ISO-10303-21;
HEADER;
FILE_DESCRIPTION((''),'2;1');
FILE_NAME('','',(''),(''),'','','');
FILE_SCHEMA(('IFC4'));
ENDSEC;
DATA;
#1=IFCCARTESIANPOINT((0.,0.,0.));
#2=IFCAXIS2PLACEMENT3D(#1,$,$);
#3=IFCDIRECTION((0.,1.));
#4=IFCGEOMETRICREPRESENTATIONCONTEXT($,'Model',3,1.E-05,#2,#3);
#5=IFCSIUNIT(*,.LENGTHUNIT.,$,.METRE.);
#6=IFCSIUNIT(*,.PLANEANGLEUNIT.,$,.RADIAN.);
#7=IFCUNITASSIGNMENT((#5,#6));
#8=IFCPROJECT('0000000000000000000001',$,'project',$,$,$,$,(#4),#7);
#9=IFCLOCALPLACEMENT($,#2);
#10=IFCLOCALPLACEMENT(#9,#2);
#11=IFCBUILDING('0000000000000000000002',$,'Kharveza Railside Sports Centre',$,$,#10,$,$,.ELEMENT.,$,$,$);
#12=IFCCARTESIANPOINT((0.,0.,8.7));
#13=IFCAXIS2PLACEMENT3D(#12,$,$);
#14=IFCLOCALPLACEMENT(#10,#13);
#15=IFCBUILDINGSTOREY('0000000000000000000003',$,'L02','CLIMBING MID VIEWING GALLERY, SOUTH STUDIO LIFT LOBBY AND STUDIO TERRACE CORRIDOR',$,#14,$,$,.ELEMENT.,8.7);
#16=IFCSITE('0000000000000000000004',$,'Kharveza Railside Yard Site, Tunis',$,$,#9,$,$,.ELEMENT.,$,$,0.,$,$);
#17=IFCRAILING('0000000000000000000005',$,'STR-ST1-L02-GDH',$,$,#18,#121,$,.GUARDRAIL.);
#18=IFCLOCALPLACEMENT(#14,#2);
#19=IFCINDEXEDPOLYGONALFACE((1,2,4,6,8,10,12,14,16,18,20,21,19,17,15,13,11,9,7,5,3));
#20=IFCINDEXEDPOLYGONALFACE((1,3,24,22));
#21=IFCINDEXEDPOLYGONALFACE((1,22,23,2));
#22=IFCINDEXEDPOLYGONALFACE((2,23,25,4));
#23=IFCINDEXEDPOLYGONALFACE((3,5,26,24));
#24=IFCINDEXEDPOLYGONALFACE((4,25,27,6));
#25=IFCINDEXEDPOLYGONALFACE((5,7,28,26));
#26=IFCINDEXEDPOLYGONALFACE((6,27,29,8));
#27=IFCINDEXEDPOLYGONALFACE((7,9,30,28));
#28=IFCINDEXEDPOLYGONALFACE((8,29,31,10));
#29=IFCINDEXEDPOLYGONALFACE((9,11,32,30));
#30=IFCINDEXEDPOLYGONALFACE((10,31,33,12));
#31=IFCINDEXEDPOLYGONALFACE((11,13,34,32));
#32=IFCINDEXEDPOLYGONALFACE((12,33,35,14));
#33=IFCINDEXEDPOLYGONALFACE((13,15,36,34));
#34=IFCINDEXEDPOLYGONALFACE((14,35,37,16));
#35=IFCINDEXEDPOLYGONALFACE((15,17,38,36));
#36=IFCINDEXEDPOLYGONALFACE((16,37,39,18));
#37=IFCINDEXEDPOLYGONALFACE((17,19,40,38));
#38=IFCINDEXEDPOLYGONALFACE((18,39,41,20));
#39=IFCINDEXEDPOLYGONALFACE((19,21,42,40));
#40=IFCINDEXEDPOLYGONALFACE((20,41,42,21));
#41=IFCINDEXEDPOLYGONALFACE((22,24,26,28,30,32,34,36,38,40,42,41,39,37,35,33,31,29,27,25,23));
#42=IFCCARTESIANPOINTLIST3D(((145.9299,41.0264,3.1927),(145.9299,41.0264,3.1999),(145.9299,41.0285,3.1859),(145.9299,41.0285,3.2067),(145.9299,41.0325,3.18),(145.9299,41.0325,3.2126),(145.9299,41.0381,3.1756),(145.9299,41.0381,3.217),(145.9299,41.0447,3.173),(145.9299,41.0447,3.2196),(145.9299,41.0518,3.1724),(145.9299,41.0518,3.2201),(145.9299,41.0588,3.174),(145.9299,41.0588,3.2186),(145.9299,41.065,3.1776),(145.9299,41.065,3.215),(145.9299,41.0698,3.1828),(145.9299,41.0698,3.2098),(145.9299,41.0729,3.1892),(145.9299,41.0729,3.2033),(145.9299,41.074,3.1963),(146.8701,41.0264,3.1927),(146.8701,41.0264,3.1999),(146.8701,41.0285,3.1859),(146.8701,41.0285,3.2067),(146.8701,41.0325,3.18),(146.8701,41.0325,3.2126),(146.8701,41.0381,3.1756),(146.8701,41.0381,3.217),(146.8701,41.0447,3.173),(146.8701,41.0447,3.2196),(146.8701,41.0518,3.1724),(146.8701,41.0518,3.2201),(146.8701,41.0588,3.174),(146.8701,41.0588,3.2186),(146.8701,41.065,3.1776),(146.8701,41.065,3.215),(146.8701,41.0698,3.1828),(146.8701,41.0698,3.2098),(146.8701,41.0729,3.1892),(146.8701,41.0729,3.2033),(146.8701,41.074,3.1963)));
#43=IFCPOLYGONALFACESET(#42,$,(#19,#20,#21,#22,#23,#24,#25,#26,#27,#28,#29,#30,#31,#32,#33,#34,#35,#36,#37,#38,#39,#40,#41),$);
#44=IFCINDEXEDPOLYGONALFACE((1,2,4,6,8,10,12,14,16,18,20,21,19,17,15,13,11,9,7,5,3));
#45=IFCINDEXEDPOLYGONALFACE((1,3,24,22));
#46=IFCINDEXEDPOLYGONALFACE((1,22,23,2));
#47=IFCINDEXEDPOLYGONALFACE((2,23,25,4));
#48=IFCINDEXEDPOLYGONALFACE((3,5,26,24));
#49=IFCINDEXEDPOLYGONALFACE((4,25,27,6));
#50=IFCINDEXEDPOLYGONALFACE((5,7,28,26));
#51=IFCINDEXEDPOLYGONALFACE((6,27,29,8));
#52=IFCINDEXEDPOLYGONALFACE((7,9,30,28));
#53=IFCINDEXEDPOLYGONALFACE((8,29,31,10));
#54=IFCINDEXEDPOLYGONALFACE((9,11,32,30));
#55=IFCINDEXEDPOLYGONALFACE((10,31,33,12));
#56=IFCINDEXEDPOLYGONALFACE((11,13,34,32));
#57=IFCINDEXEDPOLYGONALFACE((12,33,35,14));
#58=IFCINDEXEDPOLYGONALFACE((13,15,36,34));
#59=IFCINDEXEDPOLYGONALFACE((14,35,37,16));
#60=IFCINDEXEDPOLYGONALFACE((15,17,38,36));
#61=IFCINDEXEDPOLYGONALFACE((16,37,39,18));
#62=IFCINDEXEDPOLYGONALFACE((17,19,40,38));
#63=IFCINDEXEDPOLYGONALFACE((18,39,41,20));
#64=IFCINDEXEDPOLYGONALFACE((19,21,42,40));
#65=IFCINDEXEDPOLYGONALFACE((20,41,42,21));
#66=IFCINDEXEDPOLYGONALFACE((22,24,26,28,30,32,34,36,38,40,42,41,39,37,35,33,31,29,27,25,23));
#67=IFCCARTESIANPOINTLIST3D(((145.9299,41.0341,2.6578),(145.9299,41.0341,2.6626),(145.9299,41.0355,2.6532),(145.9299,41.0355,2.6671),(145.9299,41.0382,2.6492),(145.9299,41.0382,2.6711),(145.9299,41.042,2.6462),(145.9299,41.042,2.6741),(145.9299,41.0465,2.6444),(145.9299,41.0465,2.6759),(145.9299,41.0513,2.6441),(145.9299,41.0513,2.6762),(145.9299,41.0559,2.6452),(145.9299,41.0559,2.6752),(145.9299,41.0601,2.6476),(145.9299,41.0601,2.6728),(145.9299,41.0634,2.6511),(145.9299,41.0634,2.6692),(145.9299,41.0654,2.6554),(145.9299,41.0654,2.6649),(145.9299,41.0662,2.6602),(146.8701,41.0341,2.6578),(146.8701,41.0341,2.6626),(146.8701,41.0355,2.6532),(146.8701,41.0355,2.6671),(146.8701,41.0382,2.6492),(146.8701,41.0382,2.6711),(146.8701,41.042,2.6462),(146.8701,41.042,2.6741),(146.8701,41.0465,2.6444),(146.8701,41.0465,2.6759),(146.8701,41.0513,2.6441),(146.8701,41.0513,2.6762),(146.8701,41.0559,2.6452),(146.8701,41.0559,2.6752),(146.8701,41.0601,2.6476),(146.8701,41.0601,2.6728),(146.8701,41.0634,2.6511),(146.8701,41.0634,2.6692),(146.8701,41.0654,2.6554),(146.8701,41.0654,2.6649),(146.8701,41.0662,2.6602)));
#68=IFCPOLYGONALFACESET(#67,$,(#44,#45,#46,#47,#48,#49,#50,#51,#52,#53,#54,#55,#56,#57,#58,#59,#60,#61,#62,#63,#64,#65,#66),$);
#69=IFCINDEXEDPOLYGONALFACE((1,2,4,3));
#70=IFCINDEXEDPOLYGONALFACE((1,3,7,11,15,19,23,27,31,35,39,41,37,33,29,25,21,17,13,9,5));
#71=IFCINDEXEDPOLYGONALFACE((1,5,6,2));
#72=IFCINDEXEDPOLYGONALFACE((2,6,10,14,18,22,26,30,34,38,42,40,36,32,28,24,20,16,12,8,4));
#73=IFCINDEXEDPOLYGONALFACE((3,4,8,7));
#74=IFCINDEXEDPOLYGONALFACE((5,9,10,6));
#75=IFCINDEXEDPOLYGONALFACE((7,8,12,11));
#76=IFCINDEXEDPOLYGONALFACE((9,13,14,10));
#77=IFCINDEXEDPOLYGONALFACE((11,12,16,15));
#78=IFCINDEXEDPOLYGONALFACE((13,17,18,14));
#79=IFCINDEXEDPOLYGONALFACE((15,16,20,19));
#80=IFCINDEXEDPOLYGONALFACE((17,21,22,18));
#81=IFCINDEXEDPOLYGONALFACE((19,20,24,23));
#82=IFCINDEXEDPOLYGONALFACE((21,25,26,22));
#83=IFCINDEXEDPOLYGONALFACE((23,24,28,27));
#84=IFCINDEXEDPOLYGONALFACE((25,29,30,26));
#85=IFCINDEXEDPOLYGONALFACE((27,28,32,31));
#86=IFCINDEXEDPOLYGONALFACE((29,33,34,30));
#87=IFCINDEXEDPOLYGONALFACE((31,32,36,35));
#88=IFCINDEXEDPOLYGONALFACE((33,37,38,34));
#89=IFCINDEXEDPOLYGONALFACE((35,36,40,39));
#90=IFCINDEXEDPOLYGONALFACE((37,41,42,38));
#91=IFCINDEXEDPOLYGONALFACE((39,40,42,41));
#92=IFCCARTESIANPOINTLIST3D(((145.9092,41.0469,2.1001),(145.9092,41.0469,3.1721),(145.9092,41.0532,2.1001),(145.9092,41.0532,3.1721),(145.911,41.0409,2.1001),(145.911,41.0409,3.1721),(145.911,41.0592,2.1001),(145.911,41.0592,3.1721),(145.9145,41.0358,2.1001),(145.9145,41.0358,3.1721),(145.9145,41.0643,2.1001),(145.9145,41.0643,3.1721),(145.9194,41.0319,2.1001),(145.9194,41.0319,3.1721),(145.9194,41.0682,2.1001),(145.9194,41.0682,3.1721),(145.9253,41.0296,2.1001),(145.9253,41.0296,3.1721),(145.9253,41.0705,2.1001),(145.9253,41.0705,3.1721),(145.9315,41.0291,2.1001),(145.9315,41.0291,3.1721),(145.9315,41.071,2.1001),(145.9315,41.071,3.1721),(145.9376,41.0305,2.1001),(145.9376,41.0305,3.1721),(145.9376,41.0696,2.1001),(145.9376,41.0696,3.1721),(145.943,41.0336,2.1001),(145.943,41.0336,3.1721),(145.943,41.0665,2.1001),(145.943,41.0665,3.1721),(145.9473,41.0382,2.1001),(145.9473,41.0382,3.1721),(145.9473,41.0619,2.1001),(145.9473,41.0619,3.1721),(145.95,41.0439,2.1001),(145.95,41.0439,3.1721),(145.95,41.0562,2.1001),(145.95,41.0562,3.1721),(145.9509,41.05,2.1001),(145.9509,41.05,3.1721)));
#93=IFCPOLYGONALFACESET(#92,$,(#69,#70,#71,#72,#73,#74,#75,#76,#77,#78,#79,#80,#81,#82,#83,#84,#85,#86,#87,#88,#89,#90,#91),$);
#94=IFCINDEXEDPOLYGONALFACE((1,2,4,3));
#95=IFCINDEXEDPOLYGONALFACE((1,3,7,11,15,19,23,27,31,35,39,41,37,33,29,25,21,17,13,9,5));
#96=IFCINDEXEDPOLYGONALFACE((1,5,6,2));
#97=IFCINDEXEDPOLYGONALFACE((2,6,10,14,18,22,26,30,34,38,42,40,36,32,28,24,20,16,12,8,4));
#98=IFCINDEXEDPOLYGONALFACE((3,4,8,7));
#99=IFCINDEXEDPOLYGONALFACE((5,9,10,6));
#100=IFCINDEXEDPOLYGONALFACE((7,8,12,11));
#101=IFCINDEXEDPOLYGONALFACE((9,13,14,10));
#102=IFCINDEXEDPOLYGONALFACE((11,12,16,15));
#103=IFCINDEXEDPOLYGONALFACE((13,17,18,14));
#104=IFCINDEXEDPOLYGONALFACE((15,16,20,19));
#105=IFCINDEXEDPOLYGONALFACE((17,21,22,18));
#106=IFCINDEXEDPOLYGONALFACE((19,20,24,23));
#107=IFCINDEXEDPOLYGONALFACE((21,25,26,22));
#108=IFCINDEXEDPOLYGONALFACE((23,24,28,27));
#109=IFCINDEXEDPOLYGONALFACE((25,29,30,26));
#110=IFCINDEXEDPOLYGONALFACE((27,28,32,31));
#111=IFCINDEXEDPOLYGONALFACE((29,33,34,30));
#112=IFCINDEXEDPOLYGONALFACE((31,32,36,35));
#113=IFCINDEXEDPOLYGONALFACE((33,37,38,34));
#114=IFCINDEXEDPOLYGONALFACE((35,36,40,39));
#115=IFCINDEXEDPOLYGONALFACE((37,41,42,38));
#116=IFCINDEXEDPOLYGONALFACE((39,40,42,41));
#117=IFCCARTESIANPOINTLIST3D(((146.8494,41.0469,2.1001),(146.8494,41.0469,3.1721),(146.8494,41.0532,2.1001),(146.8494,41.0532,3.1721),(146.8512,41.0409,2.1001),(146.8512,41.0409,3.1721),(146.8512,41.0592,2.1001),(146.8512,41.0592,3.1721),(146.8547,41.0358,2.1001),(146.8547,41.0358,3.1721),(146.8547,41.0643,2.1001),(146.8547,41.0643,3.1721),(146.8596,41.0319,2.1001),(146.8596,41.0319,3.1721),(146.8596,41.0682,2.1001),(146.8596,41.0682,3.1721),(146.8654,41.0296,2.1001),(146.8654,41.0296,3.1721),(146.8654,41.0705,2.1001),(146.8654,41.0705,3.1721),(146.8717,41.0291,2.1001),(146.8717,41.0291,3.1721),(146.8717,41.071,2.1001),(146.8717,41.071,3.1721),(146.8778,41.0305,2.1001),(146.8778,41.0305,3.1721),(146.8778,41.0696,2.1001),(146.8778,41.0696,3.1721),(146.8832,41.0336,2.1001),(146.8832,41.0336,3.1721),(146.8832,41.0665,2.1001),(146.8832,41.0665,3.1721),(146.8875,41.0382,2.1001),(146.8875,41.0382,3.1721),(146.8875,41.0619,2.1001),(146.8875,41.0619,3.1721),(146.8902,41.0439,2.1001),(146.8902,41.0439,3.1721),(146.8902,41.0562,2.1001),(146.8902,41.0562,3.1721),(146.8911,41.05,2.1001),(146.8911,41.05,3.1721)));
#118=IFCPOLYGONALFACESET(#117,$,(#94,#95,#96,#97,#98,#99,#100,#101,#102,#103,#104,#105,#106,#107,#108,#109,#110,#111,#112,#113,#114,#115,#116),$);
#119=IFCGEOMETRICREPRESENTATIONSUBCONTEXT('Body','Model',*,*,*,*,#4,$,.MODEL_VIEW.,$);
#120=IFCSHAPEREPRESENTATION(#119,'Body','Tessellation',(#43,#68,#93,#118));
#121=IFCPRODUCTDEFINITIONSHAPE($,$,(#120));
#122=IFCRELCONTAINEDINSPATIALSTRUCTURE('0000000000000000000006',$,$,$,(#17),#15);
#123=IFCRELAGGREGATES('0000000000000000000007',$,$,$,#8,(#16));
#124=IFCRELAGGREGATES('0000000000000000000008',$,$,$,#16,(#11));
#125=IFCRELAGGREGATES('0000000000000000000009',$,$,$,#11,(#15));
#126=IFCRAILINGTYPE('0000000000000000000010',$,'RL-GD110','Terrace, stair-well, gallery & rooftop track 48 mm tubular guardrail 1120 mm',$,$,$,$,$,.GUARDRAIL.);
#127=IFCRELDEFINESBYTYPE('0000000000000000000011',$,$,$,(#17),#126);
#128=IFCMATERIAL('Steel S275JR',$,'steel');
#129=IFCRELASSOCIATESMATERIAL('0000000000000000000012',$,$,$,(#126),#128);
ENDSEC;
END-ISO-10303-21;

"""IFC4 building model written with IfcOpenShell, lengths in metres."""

from ifc_helpers import new_model, si_unit, direction, frame, origin, origin_2d, place, context, subcontext, project, spatial, circle, extrude, material, type_object, element, save


model = new_model("IFC4")

# Units and contexts
model_context = context("Model", 3, precision=1e-05, world=origin(), true_north=direction((0.0, 1.0)))
body_context = subcontext(model_context, "Body", "Model", "MODEL_VIEW")
ifc_project = project(units=[si_unit("LENGTHUNIT", "METRE"), si_unit("PLANEANGLEUNIT", "RADIAN")], contexts=[model_context])

# Site, building, storey
site_placement = place(None, origin())
site = spatial("IfcSite", under=ifc_project, at=site_placement, Name="Kharveza Railside Yard Site, Tunis", CompositionType="ELEMENT", RefElevation=0.0)
building_placement = place(site_placement, origin())
building = spatial("IfcBuilding", under=site, at=building_placement, Name="Kharveza Railside Sports Centre", CompositionType="ELEMENT")
storey_placement = place(building_placement, frame((0.0, 0.0, 8.7)))
storey = spatial("IfcBuildingStorey", under=building, at=storey_placement, Name="L02", Description="CLIMBING MID VIEWING GALLERY, SOUTH STUDIO LIFT LOBBY AND STUDIO TERRACE CORRIDOR", CompositionType="ELEMENT", Elevation=8.7)

# Railing
ifc_material_1 = material(Name="Steel S275JR", Category="steel")
railing_type_1 = type_object("IfcRailingType", Name="RL-GD110", Description="Terrace, stair-well, gallery & rooftop track 48 mm tubular guardrail 1120 mm", PredefinedType="GUARDRAIL", material=ifc_material_1)
railing_1_placement = place(storey_placement, frame((145.9299, 41.05, 2.1001)))
element("IfcRailing", 1, at=railing_1_placement, inside=storey, type_object=railing_type_1, Name="STR-ST1-L02-GDH", PredefinedType="GUARDRAIL", context=body_context, shape_type="SweptSolid", body=[
    extrude(circle(Radius=0.0239, at=origin_2d()), frame((0.0, 0.0, 1.0962), z_axis=(1.0, 0.0, 0.0), x_axis=(0.0, 1.0, 0.0)), (0.0, 0.0, 1.0), 0.9402),
    extrude(circle(Radius=0.0161, at=origin_2d()), frame((0.0, 0.0, 0.5601), z_axis=(1.0, 0.0, 0.0), x_axis=(0.0, 1.0, 0.0)), (0.0, 0.0, 1.0), 0.9402),
    extrude(circle(Radius=0.021, at=origin_2d()), origin(), (0.0, 0.0, 1.0), 1.072),
    extrude(circle(Radius=0.021, at=origin_2d()), frame((0.9402, 0.0, 0.0)), (0.0, 0.0, 1.0), 1.072),
])

save(model, "model.ifc")
